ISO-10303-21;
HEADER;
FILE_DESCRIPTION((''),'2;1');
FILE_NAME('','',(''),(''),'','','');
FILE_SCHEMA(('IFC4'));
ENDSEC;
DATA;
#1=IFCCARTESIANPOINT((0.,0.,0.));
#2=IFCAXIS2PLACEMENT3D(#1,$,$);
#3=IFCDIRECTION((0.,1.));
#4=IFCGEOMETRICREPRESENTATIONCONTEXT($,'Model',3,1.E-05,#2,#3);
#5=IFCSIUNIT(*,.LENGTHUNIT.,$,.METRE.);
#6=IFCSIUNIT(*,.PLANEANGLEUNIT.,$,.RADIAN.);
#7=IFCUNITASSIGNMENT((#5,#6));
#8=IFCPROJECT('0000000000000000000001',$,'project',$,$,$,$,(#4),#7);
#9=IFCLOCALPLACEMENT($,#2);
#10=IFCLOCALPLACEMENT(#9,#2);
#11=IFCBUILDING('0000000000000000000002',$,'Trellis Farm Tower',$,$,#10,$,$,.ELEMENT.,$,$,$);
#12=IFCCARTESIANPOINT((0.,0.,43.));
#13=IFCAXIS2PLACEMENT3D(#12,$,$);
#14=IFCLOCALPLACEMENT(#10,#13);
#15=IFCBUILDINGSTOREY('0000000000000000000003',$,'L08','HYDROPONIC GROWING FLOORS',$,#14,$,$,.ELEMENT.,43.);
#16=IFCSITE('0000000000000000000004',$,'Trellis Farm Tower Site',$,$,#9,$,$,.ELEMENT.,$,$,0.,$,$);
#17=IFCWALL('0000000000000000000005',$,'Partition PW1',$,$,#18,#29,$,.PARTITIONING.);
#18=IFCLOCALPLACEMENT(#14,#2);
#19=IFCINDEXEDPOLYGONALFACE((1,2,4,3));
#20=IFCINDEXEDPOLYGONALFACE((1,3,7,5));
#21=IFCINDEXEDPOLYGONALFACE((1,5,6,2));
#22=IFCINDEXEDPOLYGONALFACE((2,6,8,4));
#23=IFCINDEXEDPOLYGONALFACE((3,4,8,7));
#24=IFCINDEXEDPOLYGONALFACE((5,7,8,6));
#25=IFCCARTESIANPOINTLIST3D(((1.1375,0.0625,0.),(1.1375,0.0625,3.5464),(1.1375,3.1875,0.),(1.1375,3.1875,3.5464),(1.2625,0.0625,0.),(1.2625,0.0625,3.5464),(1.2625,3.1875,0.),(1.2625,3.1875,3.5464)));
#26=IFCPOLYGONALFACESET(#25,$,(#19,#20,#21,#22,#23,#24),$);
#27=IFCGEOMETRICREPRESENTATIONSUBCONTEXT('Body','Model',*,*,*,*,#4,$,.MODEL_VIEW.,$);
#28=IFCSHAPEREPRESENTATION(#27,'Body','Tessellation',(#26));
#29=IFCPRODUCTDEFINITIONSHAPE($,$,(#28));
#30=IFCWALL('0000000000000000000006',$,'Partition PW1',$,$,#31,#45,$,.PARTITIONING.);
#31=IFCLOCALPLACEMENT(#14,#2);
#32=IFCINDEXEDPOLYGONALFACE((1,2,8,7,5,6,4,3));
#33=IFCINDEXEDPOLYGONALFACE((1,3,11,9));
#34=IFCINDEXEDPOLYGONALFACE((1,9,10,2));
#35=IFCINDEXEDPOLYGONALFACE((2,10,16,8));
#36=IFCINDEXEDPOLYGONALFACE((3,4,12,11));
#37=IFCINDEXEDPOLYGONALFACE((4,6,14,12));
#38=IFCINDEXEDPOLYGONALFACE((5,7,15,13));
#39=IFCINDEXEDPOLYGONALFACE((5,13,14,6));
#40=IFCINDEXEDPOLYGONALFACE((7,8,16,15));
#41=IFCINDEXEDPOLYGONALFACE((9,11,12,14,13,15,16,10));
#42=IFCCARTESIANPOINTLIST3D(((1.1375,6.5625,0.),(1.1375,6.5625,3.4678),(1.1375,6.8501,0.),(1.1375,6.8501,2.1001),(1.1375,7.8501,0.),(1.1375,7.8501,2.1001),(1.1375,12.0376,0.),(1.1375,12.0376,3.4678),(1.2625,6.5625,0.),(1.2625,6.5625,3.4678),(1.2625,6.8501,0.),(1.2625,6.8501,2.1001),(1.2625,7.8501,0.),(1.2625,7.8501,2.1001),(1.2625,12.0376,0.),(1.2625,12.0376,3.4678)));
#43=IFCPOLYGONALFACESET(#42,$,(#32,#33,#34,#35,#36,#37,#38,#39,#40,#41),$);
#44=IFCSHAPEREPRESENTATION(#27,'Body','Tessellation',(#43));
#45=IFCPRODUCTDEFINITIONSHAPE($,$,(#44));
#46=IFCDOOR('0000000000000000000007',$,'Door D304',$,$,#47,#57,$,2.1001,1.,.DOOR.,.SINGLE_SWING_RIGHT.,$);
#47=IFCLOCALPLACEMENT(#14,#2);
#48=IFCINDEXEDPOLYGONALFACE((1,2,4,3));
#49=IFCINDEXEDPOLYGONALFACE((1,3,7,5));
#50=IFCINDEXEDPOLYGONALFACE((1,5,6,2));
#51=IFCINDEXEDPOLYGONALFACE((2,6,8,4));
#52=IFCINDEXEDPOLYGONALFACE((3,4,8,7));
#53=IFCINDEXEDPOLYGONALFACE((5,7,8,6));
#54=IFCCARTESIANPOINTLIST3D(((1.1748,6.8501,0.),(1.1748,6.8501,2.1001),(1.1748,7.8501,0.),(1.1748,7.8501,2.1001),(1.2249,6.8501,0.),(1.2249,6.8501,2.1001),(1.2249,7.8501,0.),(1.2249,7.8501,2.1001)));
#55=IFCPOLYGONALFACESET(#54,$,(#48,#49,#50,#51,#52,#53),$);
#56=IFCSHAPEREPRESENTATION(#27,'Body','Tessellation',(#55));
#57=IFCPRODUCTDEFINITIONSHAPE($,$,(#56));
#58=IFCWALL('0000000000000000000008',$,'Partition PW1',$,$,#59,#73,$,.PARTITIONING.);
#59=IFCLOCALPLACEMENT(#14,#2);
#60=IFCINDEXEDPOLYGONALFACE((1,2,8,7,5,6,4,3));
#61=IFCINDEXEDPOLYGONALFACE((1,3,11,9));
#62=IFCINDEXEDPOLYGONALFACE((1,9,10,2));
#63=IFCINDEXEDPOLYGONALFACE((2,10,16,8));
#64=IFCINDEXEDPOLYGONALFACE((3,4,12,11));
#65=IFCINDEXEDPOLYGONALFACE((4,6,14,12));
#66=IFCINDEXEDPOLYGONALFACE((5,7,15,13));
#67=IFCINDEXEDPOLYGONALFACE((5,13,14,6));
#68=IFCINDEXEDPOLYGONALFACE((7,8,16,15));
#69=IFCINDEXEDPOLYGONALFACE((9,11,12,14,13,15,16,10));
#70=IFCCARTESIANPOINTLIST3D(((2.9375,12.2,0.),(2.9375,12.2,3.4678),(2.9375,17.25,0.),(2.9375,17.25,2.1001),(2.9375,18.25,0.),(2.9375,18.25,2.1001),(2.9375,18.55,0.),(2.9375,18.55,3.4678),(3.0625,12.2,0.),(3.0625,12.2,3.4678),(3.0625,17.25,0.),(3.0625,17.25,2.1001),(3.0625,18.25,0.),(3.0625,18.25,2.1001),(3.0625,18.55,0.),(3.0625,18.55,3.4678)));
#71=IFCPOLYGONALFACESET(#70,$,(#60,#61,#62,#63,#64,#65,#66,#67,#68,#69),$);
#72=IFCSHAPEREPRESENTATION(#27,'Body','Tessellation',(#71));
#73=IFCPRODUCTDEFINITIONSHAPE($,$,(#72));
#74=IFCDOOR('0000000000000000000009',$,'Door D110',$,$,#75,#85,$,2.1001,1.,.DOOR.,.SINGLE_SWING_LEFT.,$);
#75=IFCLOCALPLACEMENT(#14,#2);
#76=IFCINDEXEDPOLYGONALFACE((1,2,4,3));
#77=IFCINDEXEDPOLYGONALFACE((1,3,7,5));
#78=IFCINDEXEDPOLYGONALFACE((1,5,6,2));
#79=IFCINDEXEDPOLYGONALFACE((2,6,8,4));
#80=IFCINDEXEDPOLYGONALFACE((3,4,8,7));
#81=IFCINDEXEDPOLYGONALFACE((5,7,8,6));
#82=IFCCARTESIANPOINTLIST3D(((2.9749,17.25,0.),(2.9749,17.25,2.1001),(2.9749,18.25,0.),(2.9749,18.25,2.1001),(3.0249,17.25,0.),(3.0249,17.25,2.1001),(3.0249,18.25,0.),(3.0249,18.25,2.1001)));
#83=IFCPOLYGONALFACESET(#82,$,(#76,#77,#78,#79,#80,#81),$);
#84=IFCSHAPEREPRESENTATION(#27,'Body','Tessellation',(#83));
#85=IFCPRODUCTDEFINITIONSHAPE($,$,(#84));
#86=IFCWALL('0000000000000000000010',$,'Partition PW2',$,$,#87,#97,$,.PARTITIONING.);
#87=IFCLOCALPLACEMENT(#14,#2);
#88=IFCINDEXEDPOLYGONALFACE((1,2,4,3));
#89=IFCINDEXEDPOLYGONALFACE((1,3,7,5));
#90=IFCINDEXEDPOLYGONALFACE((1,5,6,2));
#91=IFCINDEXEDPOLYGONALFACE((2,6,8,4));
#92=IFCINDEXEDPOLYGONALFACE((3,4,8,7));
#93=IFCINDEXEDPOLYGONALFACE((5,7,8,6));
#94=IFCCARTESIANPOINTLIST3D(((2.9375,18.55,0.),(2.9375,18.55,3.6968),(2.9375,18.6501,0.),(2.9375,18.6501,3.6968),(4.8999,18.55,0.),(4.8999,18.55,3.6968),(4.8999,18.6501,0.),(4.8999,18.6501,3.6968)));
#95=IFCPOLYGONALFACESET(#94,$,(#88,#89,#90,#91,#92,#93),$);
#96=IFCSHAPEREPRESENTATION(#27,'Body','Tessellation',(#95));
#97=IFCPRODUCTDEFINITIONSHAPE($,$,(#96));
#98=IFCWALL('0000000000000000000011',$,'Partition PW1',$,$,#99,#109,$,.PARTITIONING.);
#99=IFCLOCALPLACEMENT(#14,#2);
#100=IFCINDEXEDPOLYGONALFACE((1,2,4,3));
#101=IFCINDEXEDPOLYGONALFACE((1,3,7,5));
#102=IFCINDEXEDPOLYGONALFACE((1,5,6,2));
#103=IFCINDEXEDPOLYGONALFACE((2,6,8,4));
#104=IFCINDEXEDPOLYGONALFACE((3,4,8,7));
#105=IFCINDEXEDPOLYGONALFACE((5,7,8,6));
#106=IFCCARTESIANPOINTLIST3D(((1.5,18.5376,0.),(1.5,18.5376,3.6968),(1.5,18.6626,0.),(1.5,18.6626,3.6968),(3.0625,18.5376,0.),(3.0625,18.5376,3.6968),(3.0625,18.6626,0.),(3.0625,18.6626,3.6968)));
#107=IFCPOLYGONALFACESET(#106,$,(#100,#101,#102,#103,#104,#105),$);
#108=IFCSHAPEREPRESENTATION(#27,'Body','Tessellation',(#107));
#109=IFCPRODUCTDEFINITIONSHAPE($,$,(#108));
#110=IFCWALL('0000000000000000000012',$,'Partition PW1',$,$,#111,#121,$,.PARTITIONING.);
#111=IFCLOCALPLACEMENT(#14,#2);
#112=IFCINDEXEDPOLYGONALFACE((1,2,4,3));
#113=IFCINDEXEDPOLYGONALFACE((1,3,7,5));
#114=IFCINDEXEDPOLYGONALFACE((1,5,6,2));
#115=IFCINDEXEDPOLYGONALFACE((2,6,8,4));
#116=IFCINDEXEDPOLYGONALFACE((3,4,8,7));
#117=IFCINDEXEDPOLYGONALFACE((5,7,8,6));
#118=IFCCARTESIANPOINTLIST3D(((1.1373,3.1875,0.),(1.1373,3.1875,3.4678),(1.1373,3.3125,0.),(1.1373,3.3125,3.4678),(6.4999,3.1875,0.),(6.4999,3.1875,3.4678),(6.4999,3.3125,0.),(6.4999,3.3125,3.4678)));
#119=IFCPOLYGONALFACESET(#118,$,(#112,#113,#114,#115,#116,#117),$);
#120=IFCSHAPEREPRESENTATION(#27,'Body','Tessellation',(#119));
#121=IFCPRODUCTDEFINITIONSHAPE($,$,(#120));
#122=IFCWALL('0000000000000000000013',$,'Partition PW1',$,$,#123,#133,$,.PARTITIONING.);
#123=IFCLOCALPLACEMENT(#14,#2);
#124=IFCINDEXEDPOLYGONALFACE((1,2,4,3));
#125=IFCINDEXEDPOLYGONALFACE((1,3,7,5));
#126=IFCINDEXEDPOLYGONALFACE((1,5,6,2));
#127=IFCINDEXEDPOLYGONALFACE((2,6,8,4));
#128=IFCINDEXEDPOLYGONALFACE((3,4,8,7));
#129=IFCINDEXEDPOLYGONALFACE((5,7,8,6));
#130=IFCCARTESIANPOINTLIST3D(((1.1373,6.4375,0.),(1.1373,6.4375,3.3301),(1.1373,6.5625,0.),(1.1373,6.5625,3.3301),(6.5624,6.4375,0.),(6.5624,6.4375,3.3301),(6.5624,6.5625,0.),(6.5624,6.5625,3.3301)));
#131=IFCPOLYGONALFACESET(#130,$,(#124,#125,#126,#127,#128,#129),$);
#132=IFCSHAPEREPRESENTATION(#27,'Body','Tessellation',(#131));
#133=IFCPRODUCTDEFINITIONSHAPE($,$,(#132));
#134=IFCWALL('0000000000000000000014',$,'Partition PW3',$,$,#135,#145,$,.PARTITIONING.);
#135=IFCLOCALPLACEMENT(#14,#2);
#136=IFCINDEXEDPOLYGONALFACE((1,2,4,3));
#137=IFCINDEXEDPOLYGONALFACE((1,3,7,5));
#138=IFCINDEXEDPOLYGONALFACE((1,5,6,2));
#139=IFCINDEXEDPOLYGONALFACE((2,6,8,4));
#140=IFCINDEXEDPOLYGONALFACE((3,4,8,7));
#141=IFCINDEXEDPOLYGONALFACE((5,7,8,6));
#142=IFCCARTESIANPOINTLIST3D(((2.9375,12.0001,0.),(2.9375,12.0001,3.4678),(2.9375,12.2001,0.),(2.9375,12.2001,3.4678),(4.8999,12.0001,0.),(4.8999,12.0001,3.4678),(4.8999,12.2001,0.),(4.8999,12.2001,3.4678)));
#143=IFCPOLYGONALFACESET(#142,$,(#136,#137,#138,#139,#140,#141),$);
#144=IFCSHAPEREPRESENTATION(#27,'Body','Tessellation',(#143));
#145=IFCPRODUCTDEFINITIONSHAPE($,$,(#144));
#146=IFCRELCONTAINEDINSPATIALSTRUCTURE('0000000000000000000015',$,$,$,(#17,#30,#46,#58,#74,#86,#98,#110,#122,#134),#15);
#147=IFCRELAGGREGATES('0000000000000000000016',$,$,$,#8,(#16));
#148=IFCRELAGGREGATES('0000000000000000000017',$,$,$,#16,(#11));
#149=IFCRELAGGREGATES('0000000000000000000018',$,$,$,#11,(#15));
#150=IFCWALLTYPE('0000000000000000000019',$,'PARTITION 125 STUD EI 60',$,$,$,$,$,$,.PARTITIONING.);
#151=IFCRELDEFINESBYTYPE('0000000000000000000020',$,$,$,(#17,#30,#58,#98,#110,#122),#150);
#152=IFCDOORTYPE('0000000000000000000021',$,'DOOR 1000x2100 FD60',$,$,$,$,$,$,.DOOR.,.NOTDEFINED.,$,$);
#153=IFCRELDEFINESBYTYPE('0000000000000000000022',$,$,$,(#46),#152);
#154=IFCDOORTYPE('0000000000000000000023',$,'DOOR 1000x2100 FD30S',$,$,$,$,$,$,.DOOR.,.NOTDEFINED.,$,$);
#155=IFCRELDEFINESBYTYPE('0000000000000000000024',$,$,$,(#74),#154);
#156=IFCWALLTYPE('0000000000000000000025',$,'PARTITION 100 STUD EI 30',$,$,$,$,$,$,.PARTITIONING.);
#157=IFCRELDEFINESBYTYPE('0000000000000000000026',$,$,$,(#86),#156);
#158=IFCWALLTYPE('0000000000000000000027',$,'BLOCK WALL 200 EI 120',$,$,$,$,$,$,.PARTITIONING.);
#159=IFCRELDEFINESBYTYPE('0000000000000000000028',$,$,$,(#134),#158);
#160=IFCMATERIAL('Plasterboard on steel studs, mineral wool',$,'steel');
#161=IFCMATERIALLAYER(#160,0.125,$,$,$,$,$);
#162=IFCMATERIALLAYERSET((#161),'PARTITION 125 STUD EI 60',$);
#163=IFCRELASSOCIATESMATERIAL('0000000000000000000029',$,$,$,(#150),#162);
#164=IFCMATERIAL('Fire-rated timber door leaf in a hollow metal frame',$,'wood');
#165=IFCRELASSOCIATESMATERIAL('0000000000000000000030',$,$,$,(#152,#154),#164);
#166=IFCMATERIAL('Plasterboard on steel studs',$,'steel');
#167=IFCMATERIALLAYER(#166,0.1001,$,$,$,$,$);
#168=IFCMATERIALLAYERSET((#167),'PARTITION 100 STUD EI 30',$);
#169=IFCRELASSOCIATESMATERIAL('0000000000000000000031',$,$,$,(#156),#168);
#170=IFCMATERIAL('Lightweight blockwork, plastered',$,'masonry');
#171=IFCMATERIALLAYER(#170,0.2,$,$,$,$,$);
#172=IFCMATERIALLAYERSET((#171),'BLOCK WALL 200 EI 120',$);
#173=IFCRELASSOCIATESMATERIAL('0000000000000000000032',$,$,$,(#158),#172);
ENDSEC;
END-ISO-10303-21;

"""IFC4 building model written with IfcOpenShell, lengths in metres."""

from ifc_helpers import new_model, si_unit, direction, frame, frame_2d, origin, place, context, subcontext, project, spatial, rectangle, extrude, source, transform, mapped, material, layer, layer_set, type_object, element, fill, save


model = new_model("IFC4")

# Units and contexts
model_context = context("Model", 3, precision=1e-05, world=origin(), true_north=direction((0.0, 1.0)))
body_context = subcontext(model_context, "Body", "Model", "MODEL_VIEW")
ifc_project = project(units=[si_unit("LENGTHUNIT", "METRE"), si_unit("PLANEANGLEUNIT", "RADIAN")], contexts=[model_context])

# Site, building, storey
site_placement = place(None, origin())
site = spatial("IfcSite", under=ifc_project, at=site_placement, Name="Trellis Farm Tower Site", CompositionType="ELEMENT", RefElevation=0.0)
building_placement = place(site_placement, origin())
building = spatial("IfcBuilding", under=site, at=building_placement, Name="Trellis Farm Tower", CompositionType="ELEMENT")
storey_placement = place(building_placement, frame((0.0, 0.0, 43.0)))
storey = spatial("IfcBuildingStorey", under=building, at=storey_placement, Name="L08", Description="HYDROPONIC GROWING FLOORS", CompositionType="ELEMENT", Elevation=43.0)

# Wall
ifc_material_1 = material(Name="Plasterboard on steel studs, mineral wool", Category="steel")
ifc_layer_1 = layer(ifc_material_1, 0.125)
ifc_layer_set_1 = layer_set([ifc_layer_1], Name="PARTITION 125 STUD EI 60")
wall_type_1 = type_object("IfcWallType", Name="PARTITION 125 STUD EI 60", PredefinedType="PARTITIONING", material=ifc_layer_set_1)
shared_shape_1 = source(origin(), body_context, "Body", "SweptSolid", [
    extrude(rectangle(XDim=3.125, YDim=0.125, at=frame_2d((1.5625, 0.0))), origin(), (0.0, 0.0, 1.0), 3.5464),
])
wall_1_placement = place(storey_placement, frame((1.2, 3.1875, 0.0), z_axis=(0.0, 0.0, 1.0), x_axis=(0.0, -1.0, 0.0)))
element("IfcWall", 1, at=wall_1_placement, inside=storey, type_object=wall_type_1, Name="Partition PW1", PredefinedType="PARTITIONING", context=body_context, shape_type="MappedRepresentation", body=[
    mapped(shared_shape_1, transform((0.0, 0.0, 0.0))),
])

# Walls, openings, doors
shared_shape_2 = source(origin(), body_context, "Body", "SweptSolid", [
    extrude(rectangle(XDim=5.4751, YDim=0.125, at=frame_2d((2.7375, 0.0))), origin(), (0.0, 0.0, 1.0), 3.4678),
])
wall_2_placement = place(storey_placement, frame((1.2, 12.0376, 0.0), z_axis=(0.0, 0.0, 1.0), x_axis=(0.0, -1.0, 0.0)))
wall_2 = element("IfcWall", 2, at=wall_2_placement, inside=storey, type_object=wall_type_1, Name="Partition PW1", PredefinedType="PARTITIONING", context=body_context, shape_type="MappedRepresentation", body=[
    mapped(shared_shape_2, transform((0.0, 0.0, 0.0))),
])
shared_shape_3 = source(origin(), body_context, "Body", "SweptSolid", [
    extrude(rectangle(XDim=1.0, YDim=2.1001, at=frame_2d((0.5, 1.05))), frame((0.0, 0.0725, 0.0), z_axis=(0.0, -1.0, 0.0), x_axis=(1.0, 0.0, 0.0)), (0.0, 0.0, 1.0), 0.145),
])
opening_1_placement = place(wall_2_placement, frame((4.1875, 0.0, 0.0)))
opening_1 = element("IfcOpeningElement", 3, at=opening_1_placement, cuts=wall_2, PredefinedType="OPENING", context=body_context, shape_type="MappedRepresentation", body=[
    mapped(shared_shape_3, transform((0.0, 0.0, 0.0))),
])
ifc_material_2 = material(Name="Fire-rated timber door leaf in a hollow metal frame", Category="wood")
door_type_1 = type_object("IfcDoorType", Name="DOOR 1000x2100 FD60", OperationType="NOTDEFINED", PredefinedType="DOOR", material=ifc_material_2)
shared_shape_4 = source(origin(), body_context, "Body", "SweptSolid", [
    extrude(rectangle(XDim=1.0, YDim=2.1001, at=frame_2d((0.5, 1.05))), frame((0.0, 0.0249, 0.0), z_axis=(0.0, -1.0, 0.0), x_axis=(1.0, 0.0, 0.0)), (0.0, 0.0, 1.0), 0.05),
])
door_1_placement = place(opening_1_placement, origin())
door_1 = element("IfcDoor", 4, at=door_1_placement, inside=storey, type_object=door_type_1, Name="Door D304", OperationType="SINGLE_SWING_RIGHT", OverallHeight=2.1001, OverallWidth=1.0, PredefinedType="DOOR", context=body_context, shape_type="MappedRepresentation", body=[
    mapped(shared_shape_4, transform((0.0, 0.0, 0.0))),
])
fill(opening_1, door_1)
shared_shape_5 = source(origin(), body_context, "Body", "SweptSolid", [
    extrude(rectangle(XDim=6.3501, YDim=0.125, at=frame_2d((3.175, 0.0))), origin(), (0.0, 0.0, 1.0), 3.4678),
])
wall_3_placement = place(storey_placement, frame((3.0, 18.55, 0.0), z_axis=(0.0, 0.0, 1.0), x_axis=(0.0, -1.0, 0.0)))
wall_3 = element("IfcWall", 5, at=wall_3_placement, inside=storey, type_object=wall_type_1, Name="Partition PW1", PredefinedType="PARTITIONING", context=body_context, shape_type="MappedRepresentation", body=[
    mapped(shared_shape_5, transform((0.0, 0.0, 0.0))),
])
opening_2_placement = place(wall_3_placement, frame((0.3, 0.0, 0.0)))
opening_2 = element("IfcOpeningElement", 6, at=opening_2_placement, cuts=wall_3, PredefinedType="OPENING", context=body_context, shape_type="MappedRepresentation", body=[
    mapped(shared_shape_3, transform((0.0, 0.0, 0.0))),
])
door_type_2 = type_object("IfcDoorType", Name="DOOR 1000x2100 FD30S", OperationType="NOTDEFINED", PredefinedType="DOOR", material=ifc_material_2)
door_2_placement = place(opening_2_placement, origin())
door_2 = element("IfcDoor", 7, at=door_2_placement, inside=storey, type_object=door_type_2, Name="Door D110", OperationType="SINGLE_SWING_LEFT", OverallHeight=2.1001, OverallWidth=1.0, PredefinedType="DOOR", context=body_context, shape_type="MappedRepresentation", body=[
    mapped(shared_shape_4, transform((0.0, 0.0, 0.0))),
])
fill(opening_2, door_2)

# Walls
ifc_material_3 = material(Name="Plasterboard on steel studs", Category="steel")
ifc_layer_2 = layer(ifc_material_3, 0.1001)
ifc_layer_set_2 = layer_set([ifc_layer_2], Name="PARTITION 100 STUD EI 30")
wall_type_2 = type_object("IfcWallType", Name="PARTITION 100 STUD EI 30", PredefinedType="PARTITIONING", material=ifc_layer_set_2)
shared_shape_6 = source(origin(), body_context, "Body", "SweptSolid", [
    extrude(rectangle(XDim=1.9624, YDim=0.1001, at=frame_2d((0.9812, 0.0))), origin(), (0.0, 0.0, 1.0), 3.6968),
])
wall_4_placement = place(storey_placement, frame((2.9375, 18.6001, 0.0), z_axis=(0.0, 0.0, 1.0), x_axis=(1.0, 0.0, 0.0)))
element("IfcWall", 8, at=wall_4_placement, inside=storey, type_object=wall_type_2, Name="Partition PW2", PredefinedType="PARTITIONING", context=body_context, shape_type="MappedRepresentation", body=[
    mapped(shared_shape_6, transform((0.0, 0.0, 0.0))),
])
shared_shape_7 = source(origin(), body_context, "Body", "SweptSolid", [
    extrude(rectangle(XDim=1.5625, YDim=0.125, at=frame_2d((0.7812, 0.0))), origin(), (0.0, 0.0, 1.0), 3.6968),
])
wall_5_placement = place(storey_placement, frame((1.5, 18.6001, 0.0), z_axis=(0.0, 0.0, 1.0), x_axis=(1.0, 0.0, 0.0)))
element("IfcWall", 9, at=wall_5_placement, inside=storey, type_object=wall_type_1, Name="Partition PW1", PredefinedType="PARTITIONING", context=body_context, shape_type="MappedRepresentation", body=[
    mapped(shared_shape_7, transform((0.0, 0.0, 0.0))),
])
shared_shape_8 = source(origin(), body_context, "Body", "SweptSolid", [
    extrude(rectangle(XDim=5.3625, YDim=0.125, at=frame_2d((2.6812, 0.0))), origin(), (0.0, 0.0, 1.0), 3.4678),
])
wall_6_placement = place(storey_placement, frame((1.1375, 3.25, 0.0), z_axis=(0.0, 0.0, 1.0), x_axis=(1.0, 0.0, 0.0)))
element("IfcWall", 10, at=wall_6_placement, inside=storey, type_object=wall_type_1, Name="Partition PW1", PredefinedType="PARTITIONING", context=body_context, shape_type="MappedRepresentation", body=[
    mapped(shared_shape_8, transform((0.0, 0.0, 0.0))),
])
shared_shape_9 = source(origin(), body_context, "Body", "SweptSolid", [
    extrude(rectangle(XDim=5.425, YDim=0.125, at=frame_2d((2.7124, 0.0))), origin(), (0.0, 0.0, 1.0), 3.3301),
])
wall_7_placement = place(storey_placement, frame((1.1375, 6.5, 0.0), z_axis=(0.0, 0.0, 1.0), x_axis=(1.0, 0.0, 0.0)))
element("IfcWall", 11, at=wall_7_placement, inside=storey, type_object=wall_type_1, Name="Partition PW1", PredefinedType="PARTITIONING", context=body_context, shape_type="MappedRepresentation", body=[
    mapped(shared_shape_9, transform((0.0, 0.0, 0.0))),
])
ifc_material_4 = material(Name="Lightweight blockwork, plastered", Category="masonry")
ifc_layer_3 = layer(ifc_material_4, 0.2)
ifc_layer_set_3 = layer_set([ifc_layer_3], Name="BLOCK WALL 200 EI 120")
wall_type_3 = type_object("IfcWallType", Name="BLOCK WALL 200 EI 120", PredefinedType="PARTITIONING", material=ifc_layer_set_3)
shared_shape_10 = source(origin(), body_context, "Body", "SweptSolid", [
    extrude(rectangle(XDim=1.9624, YDim=0.2, at=frame_2d((0.9812, 0.0))), origin(), (0.0, 0.0, 1.0), 3.4678),
])
wall_8_placement = place(storey_placement, frame((2.9375, 12.1001, 0.0), z_axis=(0.0, 0.0, 1.0), x_axis=(1.0, 0.0, 0.0)))
element("IfcWall", 12, at=wall_8_placement, inside=storey, type_object=wall_type_3, Name="Partition PW3", PredefinedType="PARTITIONING", context=body_context, shape_type="MappedRepresentation", body=[
    mapped(shared_shape_10, transform((0.0, 0.0, 0.0))),
])

save(model, "model.ifc")
